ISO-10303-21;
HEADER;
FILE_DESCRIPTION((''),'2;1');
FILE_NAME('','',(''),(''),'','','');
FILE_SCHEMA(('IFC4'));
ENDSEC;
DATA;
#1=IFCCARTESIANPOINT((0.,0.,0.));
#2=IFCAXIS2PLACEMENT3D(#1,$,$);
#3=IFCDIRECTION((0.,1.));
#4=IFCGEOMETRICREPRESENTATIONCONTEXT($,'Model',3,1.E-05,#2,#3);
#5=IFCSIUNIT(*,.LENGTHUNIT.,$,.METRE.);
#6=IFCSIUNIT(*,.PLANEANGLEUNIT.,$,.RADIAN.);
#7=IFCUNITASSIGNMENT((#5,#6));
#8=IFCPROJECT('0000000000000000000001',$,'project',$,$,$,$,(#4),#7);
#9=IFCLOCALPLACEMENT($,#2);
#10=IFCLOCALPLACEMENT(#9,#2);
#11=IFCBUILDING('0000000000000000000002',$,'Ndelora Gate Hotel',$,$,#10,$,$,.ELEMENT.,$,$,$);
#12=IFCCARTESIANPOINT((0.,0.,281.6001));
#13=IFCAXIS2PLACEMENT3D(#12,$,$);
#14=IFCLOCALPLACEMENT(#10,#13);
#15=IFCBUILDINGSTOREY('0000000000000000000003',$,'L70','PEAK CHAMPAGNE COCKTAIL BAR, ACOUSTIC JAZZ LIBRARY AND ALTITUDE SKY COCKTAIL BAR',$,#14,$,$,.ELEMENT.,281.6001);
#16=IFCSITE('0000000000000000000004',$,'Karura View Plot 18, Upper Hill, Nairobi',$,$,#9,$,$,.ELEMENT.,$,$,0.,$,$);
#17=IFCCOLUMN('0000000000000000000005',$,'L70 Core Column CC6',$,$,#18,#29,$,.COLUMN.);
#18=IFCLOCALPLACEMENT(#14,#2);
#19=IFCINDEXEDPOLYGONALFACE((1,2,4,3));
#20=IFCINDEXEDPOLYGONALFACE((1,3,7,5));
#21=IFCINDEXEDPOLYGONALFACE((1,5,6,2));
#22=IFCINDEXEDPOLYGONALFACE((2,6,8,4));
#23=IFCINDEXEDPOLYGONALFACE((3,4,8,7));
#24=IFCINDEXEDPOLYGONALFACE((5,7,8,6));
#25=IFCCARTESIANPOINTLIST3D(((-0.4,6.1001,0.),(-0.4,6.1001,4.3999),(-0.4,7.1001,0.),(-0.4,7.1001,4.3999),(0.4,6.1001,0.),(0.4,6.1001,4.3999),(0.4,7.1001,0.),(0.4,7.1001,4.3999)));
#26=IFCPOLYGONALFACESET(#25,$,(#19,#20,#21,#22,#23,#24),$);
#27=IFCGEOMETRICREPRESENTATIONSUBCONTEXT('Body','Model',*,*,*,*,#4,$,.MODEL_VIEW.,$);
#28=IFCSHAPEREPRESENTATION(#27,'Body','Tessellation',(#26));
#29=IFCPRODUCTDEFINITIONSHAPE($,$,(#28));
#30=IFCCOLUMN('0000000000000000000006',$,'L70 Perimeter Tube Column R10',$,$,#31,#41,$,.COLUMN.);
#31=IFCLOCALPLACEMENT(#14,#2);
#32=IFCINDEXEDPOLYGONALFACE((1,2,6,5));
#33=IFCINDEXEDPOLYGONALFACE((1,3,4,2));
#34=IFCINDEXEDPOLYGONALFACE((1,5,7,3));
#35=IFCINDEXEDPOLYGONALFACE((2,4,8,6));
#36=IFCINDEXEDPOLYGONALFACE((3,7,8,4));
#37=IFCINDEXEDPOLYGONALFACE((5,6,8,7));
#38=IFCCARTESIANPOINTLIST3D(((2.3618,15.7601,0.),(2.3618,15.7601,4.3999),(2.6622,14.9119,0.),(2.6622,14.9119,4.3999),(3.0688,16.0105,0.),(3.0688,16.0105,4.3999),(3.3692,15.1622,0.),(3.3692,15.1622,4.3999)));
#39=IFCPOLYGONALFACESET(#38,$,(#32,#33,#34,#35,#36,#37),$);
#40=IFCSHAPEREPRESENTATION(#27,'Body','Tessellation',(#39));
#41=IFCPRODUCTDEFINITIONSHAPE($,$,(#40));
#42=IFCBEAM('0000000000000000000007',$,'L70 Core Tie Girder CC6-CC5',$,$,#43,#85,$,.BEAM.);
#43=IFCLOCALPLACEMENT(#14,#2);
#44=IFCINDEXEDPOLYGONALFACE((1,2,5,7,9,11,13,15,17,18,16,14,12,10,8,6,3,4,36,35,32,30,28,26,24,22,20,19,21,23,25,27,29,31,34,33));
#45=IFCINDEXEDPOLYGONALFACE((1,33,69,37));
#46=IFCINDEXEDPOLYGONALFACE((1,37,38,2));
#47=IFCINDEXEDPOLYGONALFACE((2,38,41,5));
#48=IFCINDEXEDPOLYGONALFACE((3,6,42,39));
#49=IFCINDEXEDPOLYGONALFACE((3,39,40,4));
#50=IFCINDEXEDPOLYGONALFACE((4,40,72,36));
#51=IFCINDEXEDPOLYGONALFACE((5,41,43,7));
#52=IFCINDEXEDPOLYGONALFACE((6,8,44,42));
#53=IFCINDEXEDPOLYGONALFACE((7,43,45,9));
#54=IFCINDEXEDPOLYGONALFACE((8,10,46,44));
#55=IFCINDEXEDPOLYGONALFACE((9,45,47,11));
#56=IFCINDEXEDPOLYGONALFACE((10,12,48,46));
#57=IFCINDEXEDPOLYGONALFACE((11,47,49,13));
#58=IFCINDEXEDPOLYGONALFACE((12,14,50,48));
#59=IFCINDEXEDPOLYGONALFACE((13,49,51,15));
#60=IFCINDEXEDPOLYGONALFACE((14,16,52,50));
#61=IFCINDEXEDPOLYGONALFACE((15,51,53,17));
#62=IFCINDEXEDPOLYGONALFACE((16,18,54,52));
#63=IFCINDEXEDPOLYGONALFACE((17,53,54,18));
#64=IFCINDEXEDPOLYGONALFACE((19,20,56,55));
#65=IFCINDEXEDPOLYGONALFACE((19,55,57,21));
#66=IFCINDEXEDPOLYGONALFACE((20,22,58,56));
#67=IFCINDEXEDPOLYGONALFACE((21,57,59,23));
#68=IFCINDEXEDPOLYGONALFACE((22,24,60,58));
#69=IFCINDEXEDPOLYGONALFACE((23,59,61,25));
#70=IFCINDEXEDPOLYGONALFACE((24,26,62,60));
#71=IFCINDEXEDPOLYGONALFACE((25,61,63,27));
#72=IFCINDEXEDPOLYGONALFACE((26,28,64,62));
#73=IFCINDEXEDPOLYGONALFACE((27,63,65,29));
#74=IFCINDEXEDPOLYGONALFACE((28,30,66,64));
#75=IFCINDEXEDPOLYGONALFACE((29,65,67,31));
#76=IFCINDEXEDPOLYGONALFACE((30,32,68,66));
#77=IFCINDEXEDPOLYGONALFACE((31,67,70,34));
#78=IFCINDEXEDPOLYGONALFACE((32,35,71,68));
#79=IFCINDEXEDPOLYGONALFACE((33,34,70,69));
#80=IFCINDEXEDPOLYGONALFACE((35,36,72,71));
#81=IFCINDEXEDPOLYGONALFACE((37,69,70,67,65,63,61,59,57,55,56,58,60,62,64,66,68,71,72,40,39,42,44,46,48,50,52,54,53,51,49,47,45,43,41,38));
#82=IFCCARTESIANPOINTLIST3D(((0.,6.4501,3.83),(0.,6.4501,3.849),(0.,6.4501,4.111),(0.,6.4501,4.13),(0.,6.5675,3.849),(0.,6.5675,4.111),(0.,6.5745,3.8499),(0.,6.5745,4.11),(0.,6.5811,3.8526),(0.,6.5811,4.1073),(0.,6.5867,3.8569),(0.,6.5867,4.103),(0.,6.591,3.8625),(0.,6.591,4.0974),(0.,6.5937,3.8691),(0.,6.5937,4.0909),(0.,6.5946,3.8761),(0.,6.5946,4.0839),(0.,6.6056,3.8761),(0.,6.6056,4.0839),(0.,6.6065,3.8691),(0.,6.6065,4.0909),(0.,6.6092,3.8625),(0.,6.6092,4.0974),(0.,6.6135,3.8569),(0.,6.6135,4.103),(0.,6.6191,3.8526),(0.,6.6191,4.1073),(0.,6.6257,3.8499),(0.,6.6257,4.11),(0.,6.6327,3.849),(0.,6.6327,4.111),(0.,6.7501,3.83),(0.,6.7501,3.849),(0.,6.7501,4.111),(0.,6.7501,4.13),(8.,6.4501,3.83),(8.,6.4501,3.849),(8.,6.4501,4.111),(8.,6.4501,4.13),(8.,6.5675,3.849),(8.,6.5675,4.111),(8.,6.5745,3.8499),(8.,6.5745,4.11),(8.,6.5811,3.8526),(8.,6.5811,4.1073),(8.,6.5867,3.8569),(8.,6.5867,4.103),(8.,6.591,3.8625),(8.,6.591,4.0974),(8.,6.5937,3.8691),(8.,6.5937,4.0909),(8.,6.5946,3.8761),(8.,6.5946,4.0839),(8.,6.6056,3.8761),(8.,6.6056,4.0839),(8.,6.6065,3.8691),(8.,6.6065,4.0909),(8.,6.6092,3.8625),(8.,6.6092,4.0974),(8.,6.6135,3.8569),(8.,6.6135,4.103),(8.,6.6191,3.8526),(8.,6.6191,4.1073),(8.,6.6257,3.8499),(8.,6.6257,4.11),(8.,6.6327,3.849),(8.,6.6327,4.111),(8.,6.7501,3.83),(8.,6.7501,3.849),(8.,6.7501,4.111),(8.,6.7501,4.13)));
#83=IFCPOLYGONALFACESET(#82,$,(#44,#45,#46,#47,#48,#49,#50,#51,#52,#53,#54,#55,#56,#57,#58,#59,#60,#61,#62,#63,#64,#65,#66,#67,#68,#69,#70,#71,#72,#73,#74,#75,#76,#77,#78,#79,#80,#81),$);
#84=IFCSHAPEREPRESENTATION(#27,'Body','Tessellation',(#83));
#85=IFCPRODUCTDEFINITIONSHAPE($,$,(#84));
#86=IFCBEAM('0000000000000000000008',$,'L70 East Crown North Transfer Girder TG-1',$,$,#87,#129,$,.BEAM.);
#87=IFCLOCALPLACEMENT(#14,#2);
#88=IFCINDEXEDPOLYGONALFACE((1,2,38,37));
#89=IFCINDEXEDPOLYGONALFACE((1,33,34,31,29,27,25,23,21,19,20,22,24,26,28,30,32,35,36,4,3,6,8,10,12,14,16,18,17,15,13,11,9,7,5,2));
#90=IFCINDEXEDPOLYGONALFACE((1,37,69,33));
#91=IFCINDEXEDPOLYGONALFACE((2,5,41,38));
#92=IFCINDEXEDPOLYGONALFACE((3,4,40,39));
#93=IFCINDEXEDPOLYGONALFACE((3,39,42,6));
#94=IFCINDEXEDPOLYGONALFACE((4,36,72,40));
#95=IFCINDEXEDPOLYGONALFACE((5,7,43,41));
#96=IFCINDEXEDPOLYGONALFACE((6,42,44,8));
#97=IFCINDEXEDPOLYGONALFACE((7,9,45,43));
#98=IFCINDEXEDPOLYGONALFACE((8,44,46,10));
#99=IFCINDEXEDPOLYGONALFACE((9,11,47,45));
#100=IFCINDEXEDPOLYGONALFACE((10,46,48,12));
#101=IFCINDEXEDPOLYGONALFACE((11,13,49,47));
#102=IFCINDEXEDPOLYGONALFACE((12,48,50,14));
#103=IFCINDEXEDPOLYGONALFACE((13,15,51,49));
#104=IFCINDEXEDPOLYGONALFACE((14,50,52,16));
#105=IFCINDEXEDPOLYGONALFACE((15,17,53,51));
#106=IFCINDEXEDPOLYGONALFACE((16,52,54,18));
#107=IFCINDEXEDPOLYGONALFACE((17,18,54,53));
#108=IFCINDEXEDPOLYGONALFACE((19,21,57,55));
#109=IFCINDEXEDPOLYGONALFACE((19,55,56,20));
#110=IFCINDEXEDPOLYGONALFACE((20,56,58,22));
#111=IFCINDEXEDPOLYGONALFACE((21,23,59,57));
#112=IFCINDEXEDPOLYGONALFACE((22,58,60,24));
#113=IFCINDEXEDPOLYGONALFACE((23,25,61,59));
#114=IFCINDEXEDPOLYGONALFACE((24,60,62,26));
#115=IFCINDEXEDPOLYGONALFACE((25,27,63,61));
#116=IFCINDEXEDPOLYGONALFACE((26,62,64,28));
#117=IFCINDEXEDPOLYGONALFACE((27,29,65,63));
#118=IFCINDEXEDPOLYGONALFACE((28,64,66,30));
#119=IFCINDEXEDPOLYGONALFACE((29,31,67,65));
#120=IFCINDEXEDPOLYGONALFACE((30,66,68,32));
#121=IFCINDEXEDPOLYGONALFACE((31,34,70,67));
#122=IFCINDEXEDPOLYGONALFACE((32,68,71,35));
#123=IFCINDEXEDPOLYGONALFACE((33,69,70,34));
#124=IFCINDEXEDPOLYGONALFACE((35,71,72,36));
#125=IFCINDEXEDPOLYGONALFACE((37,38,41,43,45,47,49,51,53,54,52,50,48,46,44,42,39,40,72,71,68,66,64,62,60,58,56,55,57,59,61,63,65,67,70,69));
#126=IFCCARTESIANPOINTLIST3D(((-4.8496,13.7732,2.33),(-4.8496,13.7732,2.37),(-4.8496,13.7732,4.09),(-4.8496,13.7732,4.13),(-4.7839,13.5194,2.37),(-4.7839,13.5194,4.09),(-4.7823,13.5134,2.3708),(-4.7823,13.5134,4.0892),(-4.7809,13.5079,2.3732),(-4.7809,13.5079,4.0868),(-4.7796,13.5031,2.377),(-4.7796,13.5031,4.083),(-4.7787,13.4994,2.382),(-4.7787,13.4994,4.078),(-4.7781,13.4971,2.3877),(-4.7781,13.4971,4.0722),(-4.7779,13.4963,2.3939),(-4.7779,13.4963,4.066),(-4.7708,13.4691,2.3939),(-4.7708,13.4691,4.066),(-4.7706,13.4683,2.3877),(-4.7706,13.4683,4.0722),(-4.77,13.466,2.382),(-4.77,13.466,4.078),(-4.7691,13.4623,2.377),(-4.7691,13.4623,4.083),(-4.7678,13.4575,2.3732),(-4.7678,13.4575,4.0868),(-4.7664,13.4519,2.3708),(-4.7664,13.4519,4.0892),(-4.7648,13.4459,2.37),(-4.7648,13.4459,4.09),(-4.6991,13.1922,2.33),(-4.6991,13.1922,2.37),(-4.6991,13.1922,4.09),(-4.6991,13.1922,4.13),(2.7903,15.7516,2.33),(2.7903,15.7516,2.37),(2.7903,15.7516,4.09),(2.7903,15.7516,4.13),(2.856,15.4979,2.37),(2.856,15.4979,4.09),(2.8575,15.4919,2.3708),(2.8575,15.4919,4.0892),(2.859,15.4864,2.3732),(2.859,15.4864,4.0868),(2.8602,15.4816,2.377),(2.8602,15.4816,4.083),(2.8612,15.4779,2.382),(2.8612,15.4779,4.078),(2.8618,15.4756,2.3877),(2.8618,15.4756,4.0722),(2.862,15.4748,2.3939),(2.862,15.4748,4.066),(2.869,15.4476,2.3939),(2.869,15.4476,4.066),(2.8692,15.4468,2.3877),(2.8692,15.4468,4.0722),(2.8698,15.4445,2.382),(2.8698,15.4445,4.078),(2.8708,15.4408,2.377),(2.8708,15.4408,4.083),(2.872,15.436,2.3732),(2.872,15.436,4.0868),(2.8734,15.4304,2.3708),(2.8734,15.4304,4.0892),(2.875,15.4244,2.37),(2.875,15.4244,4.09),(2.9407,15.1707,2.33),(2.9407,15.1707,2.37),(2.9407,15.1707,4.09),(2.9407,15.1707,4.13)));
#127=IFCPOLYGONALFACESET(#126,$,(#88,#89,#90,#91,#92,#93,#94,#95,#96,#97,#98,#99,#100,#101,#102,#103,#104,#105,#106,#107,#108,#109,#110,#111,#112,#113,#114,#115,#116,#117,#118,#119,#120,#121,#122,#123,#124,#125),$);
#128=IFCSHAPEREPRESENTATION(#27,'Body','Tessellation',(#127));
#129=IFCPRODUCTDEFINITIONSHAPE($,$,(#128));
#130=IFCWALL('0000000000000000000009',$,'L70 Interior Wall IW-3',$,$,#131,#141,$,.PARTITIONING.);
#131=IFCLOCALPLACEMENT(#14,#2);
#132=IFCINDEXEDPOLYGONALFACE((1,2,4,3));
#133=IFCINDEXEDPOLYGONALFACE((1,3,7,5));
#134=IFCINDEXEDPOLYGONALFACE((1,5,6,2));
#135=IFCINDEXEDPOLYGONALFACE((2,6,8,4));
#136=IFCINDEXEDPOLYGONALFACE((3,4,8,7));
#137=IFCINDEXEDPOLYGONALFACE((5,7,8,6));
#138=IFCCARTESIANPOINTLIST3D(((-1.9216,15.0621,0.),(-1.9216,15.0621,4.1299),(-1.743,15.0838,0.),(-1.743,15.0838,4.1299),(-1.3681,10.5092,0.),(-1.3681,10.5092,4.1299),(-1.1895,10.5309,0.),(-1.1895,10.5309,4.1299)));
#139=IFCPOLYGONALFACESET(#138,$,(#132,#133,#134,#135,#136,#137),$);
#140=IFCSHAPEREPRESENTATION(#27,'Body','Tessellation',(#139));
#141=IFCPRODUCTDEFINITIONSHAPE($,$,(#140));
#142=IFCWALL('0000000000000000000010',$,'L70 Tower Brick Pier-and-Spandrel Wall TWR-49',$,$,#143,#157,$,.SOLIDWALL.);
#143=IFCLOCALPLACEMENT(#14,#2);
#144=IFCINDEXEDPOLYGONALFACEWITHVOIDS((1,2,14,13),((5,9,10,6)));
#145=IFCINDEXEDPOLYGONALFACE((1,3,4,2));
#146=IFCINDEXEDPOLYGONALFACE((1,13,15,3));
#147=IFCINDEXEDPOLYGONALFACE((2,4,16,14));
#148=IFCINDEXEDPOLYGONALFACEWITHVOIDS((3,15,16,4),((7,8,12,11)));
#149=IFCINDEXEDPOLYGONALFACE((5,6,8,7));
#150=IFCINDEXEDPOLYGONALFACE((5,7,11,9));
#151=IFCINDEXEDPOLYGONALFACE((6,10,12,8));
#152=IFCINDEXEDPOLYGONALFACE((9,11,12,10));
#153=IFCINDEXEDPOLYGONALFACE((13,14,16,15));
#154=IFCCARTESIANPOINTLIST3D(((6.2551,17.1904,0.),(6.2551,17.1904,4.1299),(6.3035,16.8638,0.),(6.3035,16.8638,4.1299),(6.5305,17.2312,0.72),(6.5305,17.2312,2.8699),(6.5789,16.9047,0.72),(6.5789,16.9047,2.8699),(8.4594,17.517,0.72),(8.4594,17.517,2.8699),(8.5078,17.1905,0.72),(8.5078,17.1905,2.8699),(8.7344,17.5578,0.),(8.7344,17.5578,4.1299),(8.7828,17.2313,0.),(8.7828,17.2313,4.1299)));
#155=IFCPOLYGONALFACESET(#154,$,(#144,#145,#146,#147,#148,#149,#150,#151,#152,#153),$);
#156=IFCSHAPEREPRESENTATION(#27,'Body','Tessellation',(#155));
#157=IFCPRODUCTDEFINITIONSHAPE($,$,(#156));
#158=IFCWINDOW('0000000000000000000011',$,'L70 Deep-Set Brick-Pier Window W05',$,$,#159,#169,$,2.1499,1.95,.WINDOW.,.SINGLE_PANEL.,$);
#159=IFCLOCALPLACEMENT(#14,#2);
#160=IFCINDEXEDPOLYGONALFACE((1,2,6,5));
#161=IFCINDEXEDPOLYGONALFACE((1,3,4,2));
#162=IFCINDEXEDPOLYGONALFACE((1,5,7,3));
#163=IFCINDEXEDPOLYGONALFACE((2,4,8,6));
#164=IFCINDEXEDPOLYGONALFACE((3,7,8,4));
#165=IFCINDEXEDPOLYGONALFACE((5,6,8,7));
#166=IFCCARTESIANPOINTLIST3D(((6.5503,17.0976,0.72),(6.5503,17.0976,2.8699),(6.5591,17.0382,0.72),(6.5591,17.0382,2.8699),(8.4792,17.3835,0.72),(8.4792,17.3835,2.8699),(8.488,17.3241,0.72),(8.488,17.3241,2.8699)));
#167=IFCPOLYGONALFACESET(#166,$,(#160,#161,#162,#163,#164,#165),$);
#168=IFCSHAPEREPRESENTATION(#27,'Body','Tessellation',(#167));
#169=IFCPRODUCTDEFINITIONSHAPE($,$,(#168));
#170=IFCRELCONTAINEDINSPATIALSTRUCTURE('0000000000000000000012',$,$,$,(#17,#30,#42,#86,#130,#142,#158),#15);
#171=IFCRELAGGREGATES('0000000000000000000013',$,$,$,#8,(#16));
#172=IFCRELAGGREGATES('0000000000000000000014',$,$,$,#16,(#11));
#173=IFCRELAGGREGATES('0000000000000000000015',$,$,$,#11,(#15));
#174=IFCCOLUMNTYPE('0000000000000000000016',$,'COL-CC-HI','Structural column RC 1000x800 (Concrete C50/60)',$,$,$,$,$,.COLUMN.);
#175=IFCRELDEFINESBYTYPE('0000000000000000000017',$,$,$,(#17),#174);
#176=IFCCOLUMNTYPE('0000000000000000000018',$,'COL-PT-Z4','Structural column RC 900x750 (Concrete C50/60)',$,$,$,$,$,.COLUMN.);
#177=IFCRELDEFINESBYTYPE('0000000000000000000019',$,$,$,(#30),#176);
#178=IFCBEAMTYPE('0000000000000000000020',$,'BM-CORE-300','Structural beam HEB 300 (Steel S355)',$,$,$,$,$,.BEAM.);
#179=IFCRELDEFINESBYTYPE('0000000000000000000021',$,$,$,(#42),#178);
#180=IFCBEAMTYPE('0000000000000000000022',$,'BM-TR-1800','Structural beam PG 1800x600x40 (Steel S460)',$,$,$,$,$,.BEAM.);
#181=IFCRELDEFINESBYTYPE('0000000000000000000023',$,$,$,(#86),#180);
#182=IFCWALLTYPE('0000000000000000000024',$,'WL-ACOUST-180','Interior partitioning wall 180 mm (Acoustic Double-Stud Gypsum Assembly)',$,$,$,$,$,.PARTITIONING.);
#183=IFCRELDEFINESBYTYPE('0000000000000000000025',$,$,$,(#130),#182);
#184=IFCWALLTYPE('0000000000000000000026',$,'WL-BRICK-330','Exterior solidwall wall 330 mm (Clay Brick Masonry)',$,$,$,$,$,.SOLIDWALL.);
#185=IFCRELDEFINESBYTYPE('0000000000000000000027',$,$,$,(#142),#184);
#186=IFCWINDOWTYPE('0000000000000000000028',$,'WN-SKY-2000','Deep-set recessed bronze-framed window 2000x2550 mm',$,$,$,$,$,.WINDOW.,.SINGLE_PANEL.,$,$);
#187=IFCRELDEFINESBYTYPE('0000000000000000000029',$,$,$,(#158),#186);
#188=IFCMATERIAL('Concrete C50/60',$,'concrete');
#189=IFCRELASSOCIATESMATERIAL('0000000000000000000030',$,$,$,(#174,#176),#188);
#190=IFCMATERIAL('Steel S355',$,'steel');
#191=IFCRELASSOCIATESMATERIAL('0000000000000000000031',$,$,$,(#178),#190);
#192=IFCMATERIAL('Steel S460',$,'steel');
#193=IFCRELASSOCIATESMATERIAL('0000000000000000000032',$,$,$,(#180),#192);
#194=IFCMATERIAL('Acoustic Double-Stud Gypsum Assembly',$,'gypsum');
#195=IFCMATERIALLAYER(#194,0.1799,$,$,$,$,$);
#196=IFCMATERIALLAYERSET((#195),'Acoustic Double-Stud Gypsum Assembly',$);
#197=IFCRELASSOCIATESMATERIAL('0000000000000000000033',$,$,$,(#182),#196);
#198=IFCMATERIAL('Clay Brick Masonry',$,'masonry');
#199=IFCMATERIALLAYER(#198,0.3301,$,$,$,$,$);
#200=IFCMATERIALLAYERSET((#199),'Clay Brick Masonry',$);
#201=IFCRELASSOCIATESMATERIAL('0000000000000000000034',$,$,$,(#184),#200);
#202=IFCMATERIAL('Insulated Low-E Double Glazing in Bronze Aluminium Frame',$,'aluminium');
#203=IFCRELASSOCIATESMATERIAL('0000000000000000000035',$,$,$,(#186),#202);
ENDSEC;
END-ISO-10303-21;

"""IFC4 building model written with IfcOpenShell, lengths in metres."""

from ifc_helpers import new_model, si_unit, direction, frame, frame_2d, origin, origin_2d, place, context, subcontext, project, spatial, rectangle, i_section, extrude, material, layer, layer_set, material_profile, profile_set, type_object, element, fill, save


model = new_model("IFC4")

# Units and contexts
model_context = context("Model", 3, precision=1e-05, world=origin(), true_north=direction((0.0, 1.0)))
body_context = subcontext(model_context, "Body", "Model", "MODEL_VIEW")
ifc_project = project(units=[si_unit("LENGTHUNIT", "METRE"), si_unit("PLANEANGLEUNIT", "RADIAN")], contexts=[model_context])

# Site, building, storey
site_placement = place(None, origin())
site = spatial("IfcSite", under=ifc_project, at=site_placement, Name="Karura View Plot 18, Upper Hill, Nairobi", CompositionType="ELEMENT", RefElevation=0.0)
building_placement = place(site_placement, origin())
building = spatial("IfcBuilding", under=site, at=building_placement, Name="Ndelora Gate Hotel", CompositionType="ELEMENT")
storey_placement = place(building_placement, frame((0.0, 0.0, 281.6001)))
storey = spatial("IfcBuildingStorey", under=building, at=storey_placement, Name="L70", Description="PEAK CHAMPAGNE COCKTAIL BAR, ACOUSTIC JAZZ LIBRARY AND ALTITUDE SKY COCKTAIL BAR", CompositionType="ELEMENT", Elevation=281.6001)

# Columns
ifc_material_1 = material(Name="Concrete C50/60", Category="concrete")
ifc_material_profile_1 = material_profile(ifc_material_1, rectangle(XDim=0.8, YDim=1.0, at=origin_2d()), Name="RC 1000x800")
ifc_profile_set_1 = profile_set([ifc_material_profile_1], Name="Concrete C50/60")
column_type_1 = type_object("IfcColumnType", Name="COL-CC-HI", Description="Structural column RC 1000x800 (Concrete C50/60)", PredefinedType="COLUMN", material=ifc_profile_set_1)
column_1_placement = place(storey_placement, frame((0.0, 6.6001, 0.0), z_axis=(0.0, 0.0, 1.0), x_axis=(1.0, 0.0, 0.0)))
element("IfcColumn", 1, at=column_1_placement, inside=storey, type_object=column_type_1, Name="L70 Core Column CC6", PredefinedType="COLUMN", context=body_context, shape_type="SweptSolid", body=[
    extrude(rectangle(XDim=0.8, YDim=1.0, at=origin_2d()), origin(), (0.0, 0.0, 1.0), 4.3999),
])
ifc_material_profile_2 = material_profile(ifc_material_1, rectangle(XDim=0.75, YDim=0.8999, at=origin_2d()), Name="RC 900x750")
ifc_profile_set_2 = profile_set([ifc_material_profile_2], Name="Concrete C50/60")
column_type_2 = type_object("IfcColumnType", Name="COL-PT-Z4", Description="Structural column RC 900x750 (Concrete C50/60)", PredefinedType="COLUMN", material=ifc_profile_set_2)
column_2_placement = place(storey_placement, frame((2.8655, 15.4612, 0.0), z_axis=(0.0, 0.0, 1.0), x_axis=(0.942641, 0.333807, 0.0)))
element("IfcColumn", 2, at=column_2_placement, inside=storey, type_object=column_type_2, Name="L70 Perimeter Tube Column R10", PredefinedType="COLUMN", context=body_context, shape_type="SweptSolid", body=[
    extrude(rectangle(XDim=0.75, YDim=0.8999, at=origin_2d()), origin(), (0.0, 0.0, 1.0), 4.3999),
])

# Beams
ifc_material_2 = material(Name="Steel S355", Category="steel")
ifc_material_profile_3 = material_profile(ifc_material_2, i_section(OverallWidth=0.3, OverallDepth=0.3, WebThickness=0.011, FlangeThickness=0.019, FilletRadius=0.0271, at=origin_2d()), Name="HEB 300")
ifc_profile_set_3 = profile_set([ifc_material_profile_3], Name="Steel S355")
beam_type_1 = type_object("IfcBeamType", Name="BM-CORE-300", Description="Structural beam HEB 300 (Steel S355)", PredefinedType="BEAM", material=ifc_profile_set_3)
beam_1_placement = place(storey_placement, frame((0.0, 6.6001, 3.98), z_axis=(1.0, 0.0, 0.0), x_axis=(0.0, 1.0, 0.0)))
element("IfcBeam", 3, at=beam_1_placement, inside=storey, type_object=beam_type_1, Name="L70 Core Tie Girder CC6-CC5", PredefinedType="BEAM", context=body_context, shape_type="SweptSolid", body=[
    extrude(i_section(OverallWidth=0.3, OverallDepth=0.3, WebThickness=0.011, FlangeThickness=0.019, FilletRadius=0.0271, at=origin_2d()), origin(), (0.0, 0.0, 1.0), 8.0),
])
ifc_material_3 = material(Name="Steel S460", Category="steel")
ifc_material_profile_4 = material_profile(ifc_material_3, i_section(OverallWidth=0.6001, OverallDepth=1.8, WebThickness=0.0281, FlangeThickness=0.04, FilletRadius=0.0239, at=origin_2d()), Name="PG 1800x600x40")
ifc_profile_set_4 = profile_set([ifc_material_profile_4], Name="Steel S460")
beam_type_2 = type_object("IfcBeamType", Name="BM-TR-1800", Description="Structural beam PG 1800x600x40 (Steel S460)", PredefinedType="BEAM", material=ifc_profile_set_4)
beam_2_placement = place(storey_placement, frame((2.8655, 15.4612, 3.23), z_axis=(-0.968064, -0.250701, 0.0), x_axis=(0.250701, -0.968064, 0.0)))
element("IfcBeam", 4, at=beam_2_placement, inside=storey, type_object=beam_type_2, Name="L70 East Crown North Transfer Girder TG-1", PredefinedType="BEAM", context=body_context, shape_type="SweptSolid", body=[
    extrude(i_section(OverallWidth=0.6001, OverallDepth=1.8, WebThickness=0.0281, FlangeThickness=0.04, FilletRadius=0.0239, at=origin_2d()), origin(), (0.0, 0.0, 1.0), 7.8918),
])

# Wall
ifc_material_4 = material(Name="Acoustic Double-Stud Gypsum Assembly", Category="gypsum")
ifc_layer_1 = layer(ifc_material_4, 0.1799)
ifc_layer_set_1 = layer_set([ifc_layer_1], Name="Acoustic Double-Stud Gypsum Assembly")
wall_type_1 = type_object("IfcWallType", Name="WL-ACOUST-180", Description="Interior partitioning wall 180 mm (Acoustic Double-Stud Gypsum Assembly)", PredefinedType="PARTITIONING", material=ifc_layer_set_1)
wall_1_placement = place(storey_placement, frame((-1.2788, 10.52, 0.0), z_axis=(0.0, 0.0, 1.0), x_axis=(-0.120673, 0.992692, 0.0)))
element("IfcWall", 5, at=wall_1_placement, inside=storey, type_object=wall_type_1, Name="L70 Interior Wall IW-3", PredefinedType="PARTITIONING", context=body_context, shape_type="SweptSolid", body=[
    extrude(rectangle(XDim=4.5864, YDim=0.1799, at=frame_2d((2.2932, 0.0))), origin(), (0.0, 0.0, 1.0), 4.1299),
])

# Wall, opening, window
ifc_material_5 = material(Name="Clay Brick Masonry", Category="masonry")
ifc_layer_2 = layer(ifc_material_5, 0.3301)
ifc_layer_set_2 = layer_set([ifc_layer_2], Name="Clay Brick Masonry")
wall_type_2 = type_object("IfcWallType", Name="WL-BRICK-330", Description="Exterior solidwall wall 330 mm (Clay Brick Masonry)", PredefinedType="SOLIDWALL", material=ifc_layer_set_2)
wall_2_placement = place(storey_placement, frame((6.2793, 17.0271, 0.0), z_axis=(0.0, 0.0, 1.0), x_axis=(0.989196, 0.146602, 0.0)))
wall_2 = element("IfcWall", 6, at=wall_2_placement, inside=storey, type_object=wall_type_2, Name="L70 Tower Brick Pier-and-Spandrel Wall TWR-49", PredefinedType="SOLIDWALL", context=body_context, shape_type="SweptSolid", body=[
    extrude(rectangle(XDim=2.5063, YDim=0.3301, at=frame_2d((1.2532, 0.0))), origin(), (0.0, 0.0, 1.0), 4.1299),
])
opening_1_placement = place(wall_2_placement, frame((0.2783, 0.0, 0.72)))
opening_1 = element("IfcOpeningElement", 7, at=opening_1_placement, cuts=wall_2, PredefinedType="OPENING", context=body_context, shape_type="SweptSolid", body=[
    extrude(rectangle(XDim=1.95, YDim=2.1499, at=frame_2d((0.9751, 1.075))), frame((0.0, 0.175, 0.0), z_axis=(0.0, -1.0, 0.0), x_axis=(1.0, 0.0, 0.0)), (0.0, 0.0, 1.0), 0.3501),
])
ifc_material_6 = material(Name="Insulated Low-E Double Glazing in Bronze Aluminium Frame", Category="aluminium")
window_type = type_object("IfcWindowType", Name="WN-SKY-2000", Description="Deep-set recessed bronze-framed window 2000x2550 mm", PartitioningType="SINGLE_PANEL", PredefinedType="WINDOW", material=ifc_material_6)
window_1_placement = place(opening_1_placement, origin())
window_1 = element("IfcWindow", 8, at=window_1_placement, inside=storey, type_object=window_type, Name="L70 Deep-Set Brick-Pier Window W05", OverallHeight=2.1499, OverallWidth=1.95, PartitioningType="SINGLE_PANEL", PredefinedType="WINDOW", context=body_context, shape_type="SweptSolid", body=[
    extrude(rectangle(XDim=1.95, YDim=2.1499, at=frame_2d((0.9751, 1.075))), frame((0.0, 0.03, 0.0), z_axis=(0.0, -1.0, 0.0), x_axis=(1.0, 0.0, 0.0)), (0.0, 0.0, 1.0), 0.0601),
])
fill(opening_1, window_1)

save(model, "model.ifc")
